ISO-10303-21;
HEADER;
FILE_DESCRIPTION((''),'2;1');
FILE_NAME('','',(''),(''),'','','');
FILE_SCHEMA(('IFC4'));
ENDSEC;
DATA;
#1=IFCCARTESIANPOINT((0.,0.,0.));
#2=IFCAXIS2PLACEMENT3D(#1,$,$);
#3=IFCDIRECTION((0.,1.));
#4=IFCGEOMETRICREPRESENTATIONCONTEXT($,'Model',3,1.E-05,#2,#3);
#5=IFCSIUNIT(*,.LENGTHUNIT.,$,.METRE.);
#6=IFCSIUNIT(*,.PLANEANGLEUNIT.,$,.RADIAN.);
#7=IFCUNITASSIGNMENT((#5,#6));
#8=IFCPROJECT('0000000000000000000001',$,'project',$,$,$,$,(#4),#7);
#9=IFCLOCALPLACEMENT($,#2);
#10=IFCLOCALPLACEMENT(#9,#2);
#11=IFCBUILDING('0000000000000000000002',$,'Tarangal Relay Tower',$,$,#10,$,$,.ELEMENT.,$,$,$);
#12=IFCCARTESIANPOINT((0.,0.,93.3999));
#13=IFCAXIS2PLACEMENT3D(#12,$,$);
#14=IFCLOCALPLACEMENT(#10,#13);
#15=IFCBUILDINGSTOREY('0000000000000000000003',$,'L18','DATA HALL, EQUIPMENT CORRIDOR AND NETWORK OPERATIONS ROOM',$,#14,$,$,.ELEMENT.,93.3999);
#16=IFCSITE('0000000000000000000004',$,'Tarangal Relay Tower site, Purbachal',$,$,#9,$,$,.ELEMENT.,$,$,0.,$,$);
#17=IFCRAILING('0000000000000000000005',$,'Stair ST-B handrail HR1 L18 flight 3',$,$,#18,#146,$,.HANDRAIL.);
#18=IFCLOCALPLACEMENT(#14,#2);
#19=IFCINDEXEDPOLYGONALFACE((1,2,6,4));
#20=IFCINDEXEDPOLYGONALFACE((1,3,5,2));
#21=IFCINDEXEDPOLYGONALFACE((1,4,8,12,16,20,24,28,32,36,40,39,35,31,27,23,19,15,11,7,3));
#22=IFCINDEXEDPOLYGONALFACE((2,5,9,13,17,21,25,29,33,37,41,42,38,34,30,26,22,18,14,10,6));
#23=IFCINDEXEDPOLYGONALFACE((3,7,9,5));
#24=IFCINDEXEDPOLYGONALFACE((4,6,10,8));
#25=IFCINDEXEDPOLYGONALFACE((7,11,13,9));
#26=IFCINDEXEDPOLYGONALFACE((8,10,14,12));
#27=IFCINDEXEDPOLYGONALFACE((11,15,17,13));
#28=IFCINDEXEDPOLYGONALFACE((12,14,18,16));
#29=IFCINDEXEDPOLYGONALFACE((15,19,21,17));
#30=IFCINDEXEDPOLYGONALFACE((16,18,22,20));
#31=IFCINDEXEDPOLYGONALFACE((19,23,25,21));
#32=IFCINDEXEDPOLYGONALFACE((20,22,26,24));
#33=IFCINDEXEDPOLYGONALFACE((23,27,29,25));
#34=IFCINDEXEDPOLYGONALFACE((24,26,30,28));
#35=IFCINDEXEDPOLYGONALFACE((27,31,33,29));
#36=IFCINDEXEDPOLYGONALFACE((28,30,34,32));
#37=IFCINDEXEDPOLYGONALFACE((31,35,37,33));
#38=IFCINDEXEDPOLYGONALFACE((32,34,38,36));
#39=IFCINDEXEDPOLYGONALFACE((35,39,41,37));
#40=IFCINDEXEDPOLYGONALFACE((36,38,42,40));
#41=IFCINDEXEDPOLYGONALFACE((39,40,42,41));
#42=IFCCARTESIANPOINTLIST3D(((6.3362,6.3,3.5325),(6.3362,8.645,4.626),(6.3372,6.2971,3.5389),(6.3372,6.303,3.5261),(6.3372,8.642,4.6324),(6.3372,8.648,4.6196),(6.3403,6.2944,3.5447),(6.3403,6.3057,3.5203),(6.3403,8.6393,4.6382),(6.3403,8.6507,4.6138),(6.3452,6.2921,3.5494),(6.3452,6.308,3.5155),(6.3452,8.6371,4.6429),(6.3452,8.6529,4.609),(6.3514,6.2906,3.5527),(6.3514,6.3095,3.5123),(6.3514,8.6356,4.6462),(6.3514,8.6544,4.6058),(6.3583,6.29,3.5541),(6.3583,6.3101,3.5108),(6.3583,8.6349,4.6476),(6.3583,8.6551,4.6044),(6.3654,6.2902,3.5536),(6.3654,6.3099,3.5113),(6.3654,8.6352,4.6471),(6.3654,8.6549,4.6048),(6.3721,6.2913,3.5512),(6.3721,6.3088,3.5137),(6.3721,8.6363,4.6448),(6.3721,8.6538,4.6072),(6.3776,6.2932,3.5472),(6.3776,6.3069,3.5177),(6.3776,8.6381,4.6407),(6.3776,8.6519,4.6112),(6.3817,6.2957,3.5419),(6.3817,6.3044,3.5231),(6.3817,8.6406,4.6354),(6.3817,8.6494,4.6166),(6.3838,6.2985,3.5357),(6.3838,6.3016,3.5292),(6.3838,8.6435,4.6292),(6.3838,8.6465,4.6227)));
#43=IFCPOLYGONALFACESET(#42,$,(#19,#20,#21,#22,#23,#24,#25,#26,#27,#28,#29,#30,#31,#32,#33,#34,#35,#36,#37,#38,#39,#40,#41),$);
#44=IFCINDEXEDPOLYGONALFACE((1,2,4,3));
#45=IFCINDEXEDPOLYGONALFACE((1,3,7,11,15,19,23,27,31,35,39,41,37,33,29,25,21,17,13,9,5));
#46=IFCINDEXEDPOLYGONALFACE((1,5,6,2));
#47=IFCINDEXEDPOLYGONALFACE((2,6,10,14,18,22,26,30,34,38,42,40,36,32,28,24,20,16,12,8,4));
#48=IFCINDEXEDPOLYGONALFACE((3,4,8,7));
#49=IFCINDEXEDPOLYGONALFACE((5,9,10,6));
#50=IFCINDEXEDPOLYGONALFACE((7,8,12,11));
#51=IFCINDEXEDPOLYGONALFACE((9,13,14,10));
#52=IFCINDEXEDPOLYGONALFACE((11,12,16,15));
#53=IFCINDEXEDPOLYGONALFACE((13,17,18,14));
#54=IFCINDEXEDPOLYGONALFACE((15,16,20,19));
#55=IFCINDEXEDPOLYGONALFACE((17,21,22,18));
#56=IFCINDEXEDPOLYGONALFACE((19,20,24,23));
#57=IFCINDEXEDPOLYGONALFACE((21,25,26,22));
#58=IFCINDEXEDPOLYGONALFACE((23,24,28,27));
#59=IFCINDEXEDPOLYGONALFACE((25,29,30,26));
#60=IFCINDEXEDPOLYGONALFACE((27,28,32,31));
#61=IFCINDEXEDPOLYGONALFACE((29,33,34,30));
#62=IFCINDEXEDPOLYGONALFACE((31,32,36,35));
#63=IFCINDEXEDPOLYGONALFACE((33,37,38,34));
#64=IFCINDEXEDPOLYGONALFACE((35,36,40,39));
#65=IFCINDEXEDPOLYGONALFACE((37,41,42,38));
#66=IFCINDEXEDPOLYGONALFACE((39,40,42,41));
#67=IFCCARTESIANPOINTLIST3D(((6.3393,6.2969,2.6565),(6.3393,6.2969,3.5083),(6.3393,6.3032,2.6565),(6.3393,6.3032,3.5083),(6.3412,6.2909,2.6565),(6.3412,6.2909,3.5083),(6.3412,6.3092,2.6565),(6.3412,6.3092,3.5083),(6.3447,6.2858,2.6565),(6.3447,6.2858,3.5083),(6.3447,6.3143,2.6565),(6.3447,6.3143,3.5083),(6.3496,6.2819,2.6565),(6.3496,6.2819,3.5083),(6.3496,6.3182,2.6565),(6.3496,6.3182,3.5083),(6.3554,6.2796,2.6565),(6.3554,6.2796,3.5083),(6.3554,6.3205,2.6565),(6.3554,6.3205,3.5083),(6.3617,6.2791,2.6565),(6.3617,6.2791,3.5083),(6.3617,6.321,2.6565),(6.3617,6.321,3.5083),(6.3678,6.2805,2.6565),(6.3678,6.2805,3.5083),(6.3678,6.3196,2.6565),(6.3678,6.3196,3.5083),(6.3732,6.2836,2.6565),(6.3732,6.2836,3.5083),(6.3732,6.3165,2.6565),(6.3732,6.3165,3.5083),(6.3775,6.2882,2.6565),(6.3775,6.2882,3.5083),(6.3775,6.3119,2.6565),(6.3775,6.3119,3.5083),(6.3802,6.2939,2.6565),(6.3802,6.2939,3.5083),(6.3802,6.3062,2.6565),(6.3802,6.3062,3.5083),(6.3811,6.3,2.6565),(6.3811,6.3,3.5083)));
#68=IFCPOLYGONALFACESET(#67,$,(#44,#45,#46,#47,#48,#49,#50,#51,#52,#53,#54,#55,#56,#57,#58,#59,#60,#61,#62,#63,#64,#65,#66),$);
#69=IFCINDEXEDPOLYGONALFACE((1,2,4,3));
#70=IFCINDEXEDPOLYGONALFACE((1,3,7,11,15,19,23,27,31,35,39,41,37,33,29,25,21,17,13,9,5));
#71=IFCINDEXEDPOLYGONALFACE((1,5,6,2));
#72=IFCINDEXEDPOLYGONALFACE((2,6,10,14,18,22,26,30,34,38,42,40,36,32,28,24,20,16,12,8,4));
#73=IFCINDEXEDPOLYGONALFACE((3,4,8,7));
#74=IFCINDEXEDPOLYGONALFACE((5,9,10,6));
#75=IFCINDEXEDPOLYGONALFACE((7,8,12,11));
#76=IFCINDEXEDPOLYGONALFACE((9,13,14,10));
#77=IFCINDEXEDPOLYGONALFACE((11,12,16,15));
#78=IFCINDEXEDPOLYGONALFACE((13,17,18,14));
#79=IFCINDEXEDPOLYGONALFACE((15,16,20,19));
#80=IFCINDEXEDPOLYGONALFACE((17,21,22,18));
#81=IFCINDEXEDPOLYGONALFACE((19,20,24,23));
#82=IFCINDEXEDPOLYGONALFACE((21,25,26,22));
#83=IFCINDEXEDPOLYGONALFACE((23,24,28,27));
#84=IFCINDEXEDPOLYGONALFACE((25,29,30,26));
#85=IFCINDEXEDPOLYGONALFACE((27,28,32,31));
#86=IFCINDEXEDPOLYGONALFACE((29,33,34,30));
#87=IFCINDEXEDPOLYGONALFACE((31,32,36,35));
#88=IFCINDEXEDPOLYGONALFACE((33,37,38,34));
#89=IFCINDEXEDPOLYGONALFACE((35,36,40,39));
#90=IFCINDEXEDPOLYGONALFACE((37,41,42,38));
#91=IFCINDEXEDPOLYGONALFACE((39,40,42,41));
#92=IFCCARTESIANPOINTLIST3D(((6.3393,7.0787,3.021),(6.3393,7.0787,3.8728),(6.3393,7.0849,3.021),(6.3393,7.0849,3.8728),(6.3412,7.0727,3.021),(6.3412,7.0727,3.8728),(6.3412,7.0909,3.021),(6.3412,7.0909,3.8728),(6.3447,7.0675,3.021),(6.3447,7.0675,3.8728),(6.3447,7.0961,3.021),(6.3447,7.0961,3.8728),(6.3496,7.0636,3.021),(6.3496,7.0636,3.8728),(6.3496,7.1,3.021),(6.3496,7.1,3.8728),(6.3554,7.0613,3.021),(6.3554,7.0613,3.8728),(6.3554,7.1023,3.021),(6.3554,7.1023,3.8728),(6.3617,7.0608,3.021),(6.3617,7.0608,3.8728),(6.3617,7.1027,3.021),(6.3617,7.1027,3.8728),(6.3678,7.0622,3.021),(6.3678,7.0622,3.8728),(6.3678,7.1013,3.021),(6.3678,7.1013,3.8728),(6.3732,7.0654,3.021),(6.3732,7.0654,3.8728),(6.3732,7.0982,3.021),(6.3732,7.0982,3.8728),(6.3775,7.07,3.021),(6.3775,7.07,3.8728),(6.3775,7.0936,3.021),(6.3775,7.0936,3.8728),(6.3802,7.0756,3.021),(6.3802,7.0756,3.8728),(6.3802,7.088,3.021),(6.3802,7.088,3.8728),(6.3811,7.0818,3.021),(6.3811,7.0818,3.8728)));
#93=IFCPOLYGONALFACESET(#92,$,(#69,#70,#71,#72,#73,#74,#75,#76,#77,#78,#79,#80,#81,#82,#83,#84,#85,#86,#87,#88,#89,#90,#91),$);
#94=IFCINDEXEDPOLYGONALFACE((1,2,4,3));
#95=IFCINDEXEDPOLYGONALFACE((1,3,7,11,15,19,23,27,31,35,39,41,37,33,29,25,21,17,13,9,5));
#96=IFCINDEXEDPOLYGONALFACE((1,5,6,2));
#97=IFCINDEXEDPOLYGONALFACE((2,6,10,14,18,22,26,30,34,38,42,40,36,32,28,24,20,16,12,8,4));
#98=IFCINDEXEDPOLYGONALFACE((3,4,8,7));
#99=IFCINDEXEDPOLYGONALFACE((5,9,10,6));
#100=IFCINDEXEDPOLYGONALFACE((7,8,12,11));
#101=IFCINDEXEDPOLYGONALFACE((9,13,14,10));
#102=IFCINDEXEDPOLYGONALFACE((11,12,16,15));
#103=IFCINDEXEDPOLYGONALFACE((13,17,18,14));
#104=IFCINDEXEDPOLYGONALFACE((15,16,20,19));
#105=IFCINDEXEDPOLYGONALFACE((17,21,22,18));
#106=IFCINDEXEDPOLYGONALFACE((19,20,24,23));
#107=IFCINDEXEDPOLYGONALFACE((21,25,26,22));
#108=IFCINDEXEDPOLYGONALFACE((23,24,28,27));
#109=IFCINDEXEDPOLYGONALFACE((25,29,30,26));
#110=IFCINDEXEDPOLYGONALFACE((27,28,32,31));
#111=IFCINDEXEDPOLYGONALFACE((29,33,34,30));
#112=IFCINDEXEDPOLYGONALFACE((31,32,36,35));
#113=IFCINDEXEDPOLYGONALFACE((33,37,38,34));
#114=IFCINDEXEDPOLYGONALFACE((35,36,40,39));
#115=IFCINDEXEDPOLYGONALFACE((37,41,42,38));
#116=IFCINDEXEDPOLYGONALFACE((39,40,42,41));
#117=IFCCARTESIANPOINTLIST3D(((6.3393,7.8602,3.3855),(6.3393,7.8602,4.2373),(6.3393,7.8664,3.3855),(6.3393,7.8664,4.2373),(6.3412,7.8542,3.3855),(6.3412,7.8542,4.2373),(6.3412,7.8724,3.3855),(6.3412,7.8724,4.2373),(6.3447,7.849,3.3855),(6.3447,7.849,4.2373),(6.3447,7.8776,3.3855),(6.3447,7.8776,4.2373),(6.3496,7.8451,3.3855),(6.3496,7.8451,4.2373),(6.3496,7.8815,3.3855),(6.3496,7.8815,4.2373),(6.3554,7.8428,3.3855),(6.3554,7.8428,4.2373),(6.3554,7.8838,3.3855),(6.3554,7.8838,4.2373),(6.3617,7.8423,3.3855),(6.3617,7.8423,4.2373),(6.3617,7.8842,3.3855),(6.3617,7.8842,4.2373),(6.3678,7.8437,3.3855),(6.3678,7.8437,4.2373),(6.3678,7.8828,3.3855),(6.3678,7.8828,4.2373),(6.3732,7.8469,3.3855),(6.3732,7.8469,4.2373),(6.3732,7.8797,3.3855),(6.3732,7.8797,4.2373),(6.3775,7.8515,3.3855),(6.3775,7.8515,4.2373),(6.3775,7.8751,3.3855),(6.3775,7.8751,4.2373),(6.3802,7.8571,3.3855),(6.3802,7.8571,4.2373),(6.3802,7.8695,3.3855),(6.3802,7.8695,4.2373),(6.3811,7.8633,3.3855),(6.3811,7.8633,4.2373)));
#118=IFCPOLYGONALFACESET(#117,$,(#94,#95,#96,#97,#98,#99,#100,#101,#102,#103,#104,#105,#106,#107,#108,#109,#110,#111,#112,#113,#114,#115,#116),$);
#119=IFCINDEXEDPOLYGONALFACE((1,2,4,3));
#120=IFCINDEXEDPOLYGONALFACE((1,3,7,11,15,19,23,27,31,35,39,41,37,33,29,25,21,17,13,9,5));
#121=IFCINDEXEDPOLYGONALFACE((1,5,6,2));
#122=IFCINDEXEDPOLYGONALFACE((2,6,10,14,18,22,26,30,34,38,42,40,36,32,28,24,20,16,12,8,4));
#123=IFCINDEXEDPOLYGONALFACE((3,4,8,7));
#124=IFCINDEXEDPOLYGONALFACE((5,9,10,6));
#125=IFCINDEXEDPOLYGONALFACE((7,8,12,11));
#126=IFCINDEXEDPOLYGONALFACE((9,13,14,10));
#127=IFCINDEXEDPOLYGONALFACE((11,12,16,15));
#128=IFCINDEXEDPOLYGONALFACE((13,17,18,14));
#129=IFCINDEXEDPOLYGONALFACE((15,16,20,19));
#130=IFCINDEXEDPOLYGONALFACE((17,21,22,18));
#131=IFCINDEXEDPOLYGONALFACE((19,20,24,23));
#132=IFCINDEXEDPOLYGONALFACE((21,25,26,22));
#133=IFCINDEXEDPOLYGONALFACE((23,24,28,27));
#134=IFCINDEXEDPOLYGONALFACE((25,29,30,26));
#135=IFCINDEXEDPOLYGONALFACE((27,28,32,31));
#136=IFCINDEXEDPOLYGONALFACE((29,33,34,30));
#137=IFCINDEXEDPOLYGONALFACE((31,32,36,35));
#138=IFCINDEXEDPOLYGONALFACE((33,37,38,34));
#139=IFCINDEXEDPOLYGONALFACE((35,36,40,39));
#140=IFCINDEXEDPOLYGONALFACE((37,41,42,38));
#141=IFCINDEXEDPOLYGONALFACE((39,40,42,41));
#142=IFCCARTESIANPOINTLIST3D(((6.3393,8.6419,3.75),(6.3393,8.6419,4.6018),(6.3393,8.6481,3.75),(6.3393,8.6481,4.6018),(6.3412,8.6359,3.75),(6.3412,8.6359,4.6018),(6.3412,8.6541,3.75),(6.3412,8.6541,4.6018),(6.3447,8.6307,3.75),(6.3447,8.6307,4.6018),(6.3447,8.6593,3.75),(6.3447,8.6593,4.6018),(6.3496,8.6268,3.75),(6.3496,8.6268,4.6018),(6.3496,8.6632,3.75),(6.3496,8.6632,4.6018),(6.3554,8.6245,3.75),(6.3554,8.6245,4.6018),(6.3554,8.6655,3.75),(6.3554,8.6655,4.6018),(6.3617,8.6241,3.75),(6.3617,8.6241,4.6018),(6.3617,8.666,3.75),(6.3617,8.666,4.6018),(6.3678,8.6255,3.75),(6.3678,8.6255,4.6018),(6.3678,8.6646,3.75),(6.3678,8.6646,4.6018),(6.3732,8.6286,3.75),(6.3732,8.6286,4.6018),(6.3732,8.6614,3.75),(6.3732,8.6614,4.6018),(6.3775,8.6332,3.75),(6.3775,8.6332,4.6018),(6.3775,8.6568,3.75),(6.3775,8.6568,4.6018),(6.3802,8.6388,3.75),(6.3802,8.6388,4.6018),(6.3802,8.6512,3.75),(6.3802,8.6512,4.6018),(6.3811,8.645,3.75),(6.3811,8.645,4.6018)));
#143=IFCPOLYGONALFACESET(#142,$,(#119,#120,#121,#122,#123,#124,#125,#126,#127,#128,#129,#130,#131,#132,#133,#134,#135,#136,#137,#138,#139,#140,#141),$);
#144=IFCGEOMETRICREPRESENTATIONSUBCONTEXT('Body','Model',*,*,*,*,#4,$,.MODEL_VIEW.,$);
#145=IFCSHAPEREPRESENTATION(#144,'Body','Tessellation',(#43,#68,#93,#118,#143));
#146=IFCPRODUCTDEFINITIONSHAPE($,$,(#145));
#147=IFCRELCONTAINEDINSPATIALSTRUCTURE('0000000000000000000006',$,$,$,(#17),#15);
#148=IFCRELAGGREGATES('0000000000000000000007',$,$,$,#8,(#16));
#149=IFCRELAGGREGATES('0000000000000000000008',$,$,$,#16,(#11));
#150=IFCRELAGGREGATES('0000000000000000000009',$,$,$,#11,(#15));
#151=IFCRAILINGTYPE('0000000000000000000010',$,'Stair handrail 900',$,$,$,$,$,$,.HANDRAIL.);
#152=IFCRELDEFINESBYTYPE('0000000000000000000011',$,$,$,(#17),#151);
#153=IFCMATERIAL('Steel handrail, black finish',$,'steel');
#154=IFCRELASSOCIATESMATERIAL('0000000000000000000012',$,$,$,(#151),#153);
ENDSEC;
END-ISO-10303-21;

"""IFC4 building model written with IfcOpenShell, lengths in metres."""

from ifc_helpers import new_model, si_unit, direction, frame, origin, origin_2d, place, context, subcontext, project, spatial, circle, extrude, material, type_object, element, save


model = new_model("IFC4")

# Units and contexts
model_context = context("Model", 3, precision=1e-05, world=origin(), true_north=direction((0.0, 1.0)))
body_context = subcontext(model_context, "Body", "Model", "MODEL_VIEW")
ifc_project = project(units=[si_unit("LENGTHUNIT", "METRE"), si_unit("PLANEANGLEUNIT", "RADIAN")], contexts=[model_context])

# Site, building, storey
site_placement = place(None, origin())
site = spatial("IfcSite", under=ifc_project, at=site_placement, Name="Tarangal Relay Tower site, Purbachal", CompositionType="ELEMENT", RefElevation=0.0)
building_placement = place(site_placement, origin())
building = spatial("IfcBuilding", under=site, at=building_placement, Name="Tarangal Relay Tower", CompositionType="ELEMENT")
storey_placement = place(building_placement, frame((0.0, 0.0, 93.3999)))
storey = spatial("IfcBuildingStorey", under=building, at=storey_placement, Name="L18", Description="DATA HALL, EQUIPMENT CORRIDOR AND NETWORK OPERATIONS ROOM", CompositionType="ELEMENT", Elevation=93.3999)

# Railing
ifc_material_1 = material(Name="Steel handrail, black finish", Category="steel")
railing_type_1 = type_object("IfcRailingType", Name="Stair handrail 900", PredefinedType="HANDRAIL", material=ifc_material_1)
for number, where, name in (
    (1, (6.3601, 6.3, 2.6565), "Stair ST-B handrail HR1 L18 flight 3"),
):
    element("IfcRailing", number, at=place(storey_placement, frame(where)), inside=storey, type_object=railing_type_1, Name=name, PredefinedType="HANDRAIL", context=body_context, shape_type="SweptSolid", body=[
        extrude(circle(Radius=0.0239, at=origin_2d()), frame((0.0, 0.0, 0.876), z_axis=(0.0, 0.906304, 0.422627), x_axis=(-1.0, 0.0, 0.0)), (0.0, 0.0, 1.0), 2.5874),
        extrude(circle(Radius=0.021, at=origin_2d()), origin(), (0.0, 0.0, 1.0), 0.8518),
        extrude(circle(Radius=0.021, at=origin_2d()), frame((0.0, 0.7817, 0.3645)), (0.0, 0.0, 1.0), 0.8518),
        extrude(circle(Radius=0.021, at=origin_2d()), frame((0.0, 1.5632, 0.729)), (0.0, 0.0, 1.0), 0.8518),
        extrude(circle(Radius=0.021, at=origin_2d()), frame((0.0, 2.345, 1.0935)), (0.0, 0.0, 1.0), 0.8518),
    ])

save(model, "model.ifc")
